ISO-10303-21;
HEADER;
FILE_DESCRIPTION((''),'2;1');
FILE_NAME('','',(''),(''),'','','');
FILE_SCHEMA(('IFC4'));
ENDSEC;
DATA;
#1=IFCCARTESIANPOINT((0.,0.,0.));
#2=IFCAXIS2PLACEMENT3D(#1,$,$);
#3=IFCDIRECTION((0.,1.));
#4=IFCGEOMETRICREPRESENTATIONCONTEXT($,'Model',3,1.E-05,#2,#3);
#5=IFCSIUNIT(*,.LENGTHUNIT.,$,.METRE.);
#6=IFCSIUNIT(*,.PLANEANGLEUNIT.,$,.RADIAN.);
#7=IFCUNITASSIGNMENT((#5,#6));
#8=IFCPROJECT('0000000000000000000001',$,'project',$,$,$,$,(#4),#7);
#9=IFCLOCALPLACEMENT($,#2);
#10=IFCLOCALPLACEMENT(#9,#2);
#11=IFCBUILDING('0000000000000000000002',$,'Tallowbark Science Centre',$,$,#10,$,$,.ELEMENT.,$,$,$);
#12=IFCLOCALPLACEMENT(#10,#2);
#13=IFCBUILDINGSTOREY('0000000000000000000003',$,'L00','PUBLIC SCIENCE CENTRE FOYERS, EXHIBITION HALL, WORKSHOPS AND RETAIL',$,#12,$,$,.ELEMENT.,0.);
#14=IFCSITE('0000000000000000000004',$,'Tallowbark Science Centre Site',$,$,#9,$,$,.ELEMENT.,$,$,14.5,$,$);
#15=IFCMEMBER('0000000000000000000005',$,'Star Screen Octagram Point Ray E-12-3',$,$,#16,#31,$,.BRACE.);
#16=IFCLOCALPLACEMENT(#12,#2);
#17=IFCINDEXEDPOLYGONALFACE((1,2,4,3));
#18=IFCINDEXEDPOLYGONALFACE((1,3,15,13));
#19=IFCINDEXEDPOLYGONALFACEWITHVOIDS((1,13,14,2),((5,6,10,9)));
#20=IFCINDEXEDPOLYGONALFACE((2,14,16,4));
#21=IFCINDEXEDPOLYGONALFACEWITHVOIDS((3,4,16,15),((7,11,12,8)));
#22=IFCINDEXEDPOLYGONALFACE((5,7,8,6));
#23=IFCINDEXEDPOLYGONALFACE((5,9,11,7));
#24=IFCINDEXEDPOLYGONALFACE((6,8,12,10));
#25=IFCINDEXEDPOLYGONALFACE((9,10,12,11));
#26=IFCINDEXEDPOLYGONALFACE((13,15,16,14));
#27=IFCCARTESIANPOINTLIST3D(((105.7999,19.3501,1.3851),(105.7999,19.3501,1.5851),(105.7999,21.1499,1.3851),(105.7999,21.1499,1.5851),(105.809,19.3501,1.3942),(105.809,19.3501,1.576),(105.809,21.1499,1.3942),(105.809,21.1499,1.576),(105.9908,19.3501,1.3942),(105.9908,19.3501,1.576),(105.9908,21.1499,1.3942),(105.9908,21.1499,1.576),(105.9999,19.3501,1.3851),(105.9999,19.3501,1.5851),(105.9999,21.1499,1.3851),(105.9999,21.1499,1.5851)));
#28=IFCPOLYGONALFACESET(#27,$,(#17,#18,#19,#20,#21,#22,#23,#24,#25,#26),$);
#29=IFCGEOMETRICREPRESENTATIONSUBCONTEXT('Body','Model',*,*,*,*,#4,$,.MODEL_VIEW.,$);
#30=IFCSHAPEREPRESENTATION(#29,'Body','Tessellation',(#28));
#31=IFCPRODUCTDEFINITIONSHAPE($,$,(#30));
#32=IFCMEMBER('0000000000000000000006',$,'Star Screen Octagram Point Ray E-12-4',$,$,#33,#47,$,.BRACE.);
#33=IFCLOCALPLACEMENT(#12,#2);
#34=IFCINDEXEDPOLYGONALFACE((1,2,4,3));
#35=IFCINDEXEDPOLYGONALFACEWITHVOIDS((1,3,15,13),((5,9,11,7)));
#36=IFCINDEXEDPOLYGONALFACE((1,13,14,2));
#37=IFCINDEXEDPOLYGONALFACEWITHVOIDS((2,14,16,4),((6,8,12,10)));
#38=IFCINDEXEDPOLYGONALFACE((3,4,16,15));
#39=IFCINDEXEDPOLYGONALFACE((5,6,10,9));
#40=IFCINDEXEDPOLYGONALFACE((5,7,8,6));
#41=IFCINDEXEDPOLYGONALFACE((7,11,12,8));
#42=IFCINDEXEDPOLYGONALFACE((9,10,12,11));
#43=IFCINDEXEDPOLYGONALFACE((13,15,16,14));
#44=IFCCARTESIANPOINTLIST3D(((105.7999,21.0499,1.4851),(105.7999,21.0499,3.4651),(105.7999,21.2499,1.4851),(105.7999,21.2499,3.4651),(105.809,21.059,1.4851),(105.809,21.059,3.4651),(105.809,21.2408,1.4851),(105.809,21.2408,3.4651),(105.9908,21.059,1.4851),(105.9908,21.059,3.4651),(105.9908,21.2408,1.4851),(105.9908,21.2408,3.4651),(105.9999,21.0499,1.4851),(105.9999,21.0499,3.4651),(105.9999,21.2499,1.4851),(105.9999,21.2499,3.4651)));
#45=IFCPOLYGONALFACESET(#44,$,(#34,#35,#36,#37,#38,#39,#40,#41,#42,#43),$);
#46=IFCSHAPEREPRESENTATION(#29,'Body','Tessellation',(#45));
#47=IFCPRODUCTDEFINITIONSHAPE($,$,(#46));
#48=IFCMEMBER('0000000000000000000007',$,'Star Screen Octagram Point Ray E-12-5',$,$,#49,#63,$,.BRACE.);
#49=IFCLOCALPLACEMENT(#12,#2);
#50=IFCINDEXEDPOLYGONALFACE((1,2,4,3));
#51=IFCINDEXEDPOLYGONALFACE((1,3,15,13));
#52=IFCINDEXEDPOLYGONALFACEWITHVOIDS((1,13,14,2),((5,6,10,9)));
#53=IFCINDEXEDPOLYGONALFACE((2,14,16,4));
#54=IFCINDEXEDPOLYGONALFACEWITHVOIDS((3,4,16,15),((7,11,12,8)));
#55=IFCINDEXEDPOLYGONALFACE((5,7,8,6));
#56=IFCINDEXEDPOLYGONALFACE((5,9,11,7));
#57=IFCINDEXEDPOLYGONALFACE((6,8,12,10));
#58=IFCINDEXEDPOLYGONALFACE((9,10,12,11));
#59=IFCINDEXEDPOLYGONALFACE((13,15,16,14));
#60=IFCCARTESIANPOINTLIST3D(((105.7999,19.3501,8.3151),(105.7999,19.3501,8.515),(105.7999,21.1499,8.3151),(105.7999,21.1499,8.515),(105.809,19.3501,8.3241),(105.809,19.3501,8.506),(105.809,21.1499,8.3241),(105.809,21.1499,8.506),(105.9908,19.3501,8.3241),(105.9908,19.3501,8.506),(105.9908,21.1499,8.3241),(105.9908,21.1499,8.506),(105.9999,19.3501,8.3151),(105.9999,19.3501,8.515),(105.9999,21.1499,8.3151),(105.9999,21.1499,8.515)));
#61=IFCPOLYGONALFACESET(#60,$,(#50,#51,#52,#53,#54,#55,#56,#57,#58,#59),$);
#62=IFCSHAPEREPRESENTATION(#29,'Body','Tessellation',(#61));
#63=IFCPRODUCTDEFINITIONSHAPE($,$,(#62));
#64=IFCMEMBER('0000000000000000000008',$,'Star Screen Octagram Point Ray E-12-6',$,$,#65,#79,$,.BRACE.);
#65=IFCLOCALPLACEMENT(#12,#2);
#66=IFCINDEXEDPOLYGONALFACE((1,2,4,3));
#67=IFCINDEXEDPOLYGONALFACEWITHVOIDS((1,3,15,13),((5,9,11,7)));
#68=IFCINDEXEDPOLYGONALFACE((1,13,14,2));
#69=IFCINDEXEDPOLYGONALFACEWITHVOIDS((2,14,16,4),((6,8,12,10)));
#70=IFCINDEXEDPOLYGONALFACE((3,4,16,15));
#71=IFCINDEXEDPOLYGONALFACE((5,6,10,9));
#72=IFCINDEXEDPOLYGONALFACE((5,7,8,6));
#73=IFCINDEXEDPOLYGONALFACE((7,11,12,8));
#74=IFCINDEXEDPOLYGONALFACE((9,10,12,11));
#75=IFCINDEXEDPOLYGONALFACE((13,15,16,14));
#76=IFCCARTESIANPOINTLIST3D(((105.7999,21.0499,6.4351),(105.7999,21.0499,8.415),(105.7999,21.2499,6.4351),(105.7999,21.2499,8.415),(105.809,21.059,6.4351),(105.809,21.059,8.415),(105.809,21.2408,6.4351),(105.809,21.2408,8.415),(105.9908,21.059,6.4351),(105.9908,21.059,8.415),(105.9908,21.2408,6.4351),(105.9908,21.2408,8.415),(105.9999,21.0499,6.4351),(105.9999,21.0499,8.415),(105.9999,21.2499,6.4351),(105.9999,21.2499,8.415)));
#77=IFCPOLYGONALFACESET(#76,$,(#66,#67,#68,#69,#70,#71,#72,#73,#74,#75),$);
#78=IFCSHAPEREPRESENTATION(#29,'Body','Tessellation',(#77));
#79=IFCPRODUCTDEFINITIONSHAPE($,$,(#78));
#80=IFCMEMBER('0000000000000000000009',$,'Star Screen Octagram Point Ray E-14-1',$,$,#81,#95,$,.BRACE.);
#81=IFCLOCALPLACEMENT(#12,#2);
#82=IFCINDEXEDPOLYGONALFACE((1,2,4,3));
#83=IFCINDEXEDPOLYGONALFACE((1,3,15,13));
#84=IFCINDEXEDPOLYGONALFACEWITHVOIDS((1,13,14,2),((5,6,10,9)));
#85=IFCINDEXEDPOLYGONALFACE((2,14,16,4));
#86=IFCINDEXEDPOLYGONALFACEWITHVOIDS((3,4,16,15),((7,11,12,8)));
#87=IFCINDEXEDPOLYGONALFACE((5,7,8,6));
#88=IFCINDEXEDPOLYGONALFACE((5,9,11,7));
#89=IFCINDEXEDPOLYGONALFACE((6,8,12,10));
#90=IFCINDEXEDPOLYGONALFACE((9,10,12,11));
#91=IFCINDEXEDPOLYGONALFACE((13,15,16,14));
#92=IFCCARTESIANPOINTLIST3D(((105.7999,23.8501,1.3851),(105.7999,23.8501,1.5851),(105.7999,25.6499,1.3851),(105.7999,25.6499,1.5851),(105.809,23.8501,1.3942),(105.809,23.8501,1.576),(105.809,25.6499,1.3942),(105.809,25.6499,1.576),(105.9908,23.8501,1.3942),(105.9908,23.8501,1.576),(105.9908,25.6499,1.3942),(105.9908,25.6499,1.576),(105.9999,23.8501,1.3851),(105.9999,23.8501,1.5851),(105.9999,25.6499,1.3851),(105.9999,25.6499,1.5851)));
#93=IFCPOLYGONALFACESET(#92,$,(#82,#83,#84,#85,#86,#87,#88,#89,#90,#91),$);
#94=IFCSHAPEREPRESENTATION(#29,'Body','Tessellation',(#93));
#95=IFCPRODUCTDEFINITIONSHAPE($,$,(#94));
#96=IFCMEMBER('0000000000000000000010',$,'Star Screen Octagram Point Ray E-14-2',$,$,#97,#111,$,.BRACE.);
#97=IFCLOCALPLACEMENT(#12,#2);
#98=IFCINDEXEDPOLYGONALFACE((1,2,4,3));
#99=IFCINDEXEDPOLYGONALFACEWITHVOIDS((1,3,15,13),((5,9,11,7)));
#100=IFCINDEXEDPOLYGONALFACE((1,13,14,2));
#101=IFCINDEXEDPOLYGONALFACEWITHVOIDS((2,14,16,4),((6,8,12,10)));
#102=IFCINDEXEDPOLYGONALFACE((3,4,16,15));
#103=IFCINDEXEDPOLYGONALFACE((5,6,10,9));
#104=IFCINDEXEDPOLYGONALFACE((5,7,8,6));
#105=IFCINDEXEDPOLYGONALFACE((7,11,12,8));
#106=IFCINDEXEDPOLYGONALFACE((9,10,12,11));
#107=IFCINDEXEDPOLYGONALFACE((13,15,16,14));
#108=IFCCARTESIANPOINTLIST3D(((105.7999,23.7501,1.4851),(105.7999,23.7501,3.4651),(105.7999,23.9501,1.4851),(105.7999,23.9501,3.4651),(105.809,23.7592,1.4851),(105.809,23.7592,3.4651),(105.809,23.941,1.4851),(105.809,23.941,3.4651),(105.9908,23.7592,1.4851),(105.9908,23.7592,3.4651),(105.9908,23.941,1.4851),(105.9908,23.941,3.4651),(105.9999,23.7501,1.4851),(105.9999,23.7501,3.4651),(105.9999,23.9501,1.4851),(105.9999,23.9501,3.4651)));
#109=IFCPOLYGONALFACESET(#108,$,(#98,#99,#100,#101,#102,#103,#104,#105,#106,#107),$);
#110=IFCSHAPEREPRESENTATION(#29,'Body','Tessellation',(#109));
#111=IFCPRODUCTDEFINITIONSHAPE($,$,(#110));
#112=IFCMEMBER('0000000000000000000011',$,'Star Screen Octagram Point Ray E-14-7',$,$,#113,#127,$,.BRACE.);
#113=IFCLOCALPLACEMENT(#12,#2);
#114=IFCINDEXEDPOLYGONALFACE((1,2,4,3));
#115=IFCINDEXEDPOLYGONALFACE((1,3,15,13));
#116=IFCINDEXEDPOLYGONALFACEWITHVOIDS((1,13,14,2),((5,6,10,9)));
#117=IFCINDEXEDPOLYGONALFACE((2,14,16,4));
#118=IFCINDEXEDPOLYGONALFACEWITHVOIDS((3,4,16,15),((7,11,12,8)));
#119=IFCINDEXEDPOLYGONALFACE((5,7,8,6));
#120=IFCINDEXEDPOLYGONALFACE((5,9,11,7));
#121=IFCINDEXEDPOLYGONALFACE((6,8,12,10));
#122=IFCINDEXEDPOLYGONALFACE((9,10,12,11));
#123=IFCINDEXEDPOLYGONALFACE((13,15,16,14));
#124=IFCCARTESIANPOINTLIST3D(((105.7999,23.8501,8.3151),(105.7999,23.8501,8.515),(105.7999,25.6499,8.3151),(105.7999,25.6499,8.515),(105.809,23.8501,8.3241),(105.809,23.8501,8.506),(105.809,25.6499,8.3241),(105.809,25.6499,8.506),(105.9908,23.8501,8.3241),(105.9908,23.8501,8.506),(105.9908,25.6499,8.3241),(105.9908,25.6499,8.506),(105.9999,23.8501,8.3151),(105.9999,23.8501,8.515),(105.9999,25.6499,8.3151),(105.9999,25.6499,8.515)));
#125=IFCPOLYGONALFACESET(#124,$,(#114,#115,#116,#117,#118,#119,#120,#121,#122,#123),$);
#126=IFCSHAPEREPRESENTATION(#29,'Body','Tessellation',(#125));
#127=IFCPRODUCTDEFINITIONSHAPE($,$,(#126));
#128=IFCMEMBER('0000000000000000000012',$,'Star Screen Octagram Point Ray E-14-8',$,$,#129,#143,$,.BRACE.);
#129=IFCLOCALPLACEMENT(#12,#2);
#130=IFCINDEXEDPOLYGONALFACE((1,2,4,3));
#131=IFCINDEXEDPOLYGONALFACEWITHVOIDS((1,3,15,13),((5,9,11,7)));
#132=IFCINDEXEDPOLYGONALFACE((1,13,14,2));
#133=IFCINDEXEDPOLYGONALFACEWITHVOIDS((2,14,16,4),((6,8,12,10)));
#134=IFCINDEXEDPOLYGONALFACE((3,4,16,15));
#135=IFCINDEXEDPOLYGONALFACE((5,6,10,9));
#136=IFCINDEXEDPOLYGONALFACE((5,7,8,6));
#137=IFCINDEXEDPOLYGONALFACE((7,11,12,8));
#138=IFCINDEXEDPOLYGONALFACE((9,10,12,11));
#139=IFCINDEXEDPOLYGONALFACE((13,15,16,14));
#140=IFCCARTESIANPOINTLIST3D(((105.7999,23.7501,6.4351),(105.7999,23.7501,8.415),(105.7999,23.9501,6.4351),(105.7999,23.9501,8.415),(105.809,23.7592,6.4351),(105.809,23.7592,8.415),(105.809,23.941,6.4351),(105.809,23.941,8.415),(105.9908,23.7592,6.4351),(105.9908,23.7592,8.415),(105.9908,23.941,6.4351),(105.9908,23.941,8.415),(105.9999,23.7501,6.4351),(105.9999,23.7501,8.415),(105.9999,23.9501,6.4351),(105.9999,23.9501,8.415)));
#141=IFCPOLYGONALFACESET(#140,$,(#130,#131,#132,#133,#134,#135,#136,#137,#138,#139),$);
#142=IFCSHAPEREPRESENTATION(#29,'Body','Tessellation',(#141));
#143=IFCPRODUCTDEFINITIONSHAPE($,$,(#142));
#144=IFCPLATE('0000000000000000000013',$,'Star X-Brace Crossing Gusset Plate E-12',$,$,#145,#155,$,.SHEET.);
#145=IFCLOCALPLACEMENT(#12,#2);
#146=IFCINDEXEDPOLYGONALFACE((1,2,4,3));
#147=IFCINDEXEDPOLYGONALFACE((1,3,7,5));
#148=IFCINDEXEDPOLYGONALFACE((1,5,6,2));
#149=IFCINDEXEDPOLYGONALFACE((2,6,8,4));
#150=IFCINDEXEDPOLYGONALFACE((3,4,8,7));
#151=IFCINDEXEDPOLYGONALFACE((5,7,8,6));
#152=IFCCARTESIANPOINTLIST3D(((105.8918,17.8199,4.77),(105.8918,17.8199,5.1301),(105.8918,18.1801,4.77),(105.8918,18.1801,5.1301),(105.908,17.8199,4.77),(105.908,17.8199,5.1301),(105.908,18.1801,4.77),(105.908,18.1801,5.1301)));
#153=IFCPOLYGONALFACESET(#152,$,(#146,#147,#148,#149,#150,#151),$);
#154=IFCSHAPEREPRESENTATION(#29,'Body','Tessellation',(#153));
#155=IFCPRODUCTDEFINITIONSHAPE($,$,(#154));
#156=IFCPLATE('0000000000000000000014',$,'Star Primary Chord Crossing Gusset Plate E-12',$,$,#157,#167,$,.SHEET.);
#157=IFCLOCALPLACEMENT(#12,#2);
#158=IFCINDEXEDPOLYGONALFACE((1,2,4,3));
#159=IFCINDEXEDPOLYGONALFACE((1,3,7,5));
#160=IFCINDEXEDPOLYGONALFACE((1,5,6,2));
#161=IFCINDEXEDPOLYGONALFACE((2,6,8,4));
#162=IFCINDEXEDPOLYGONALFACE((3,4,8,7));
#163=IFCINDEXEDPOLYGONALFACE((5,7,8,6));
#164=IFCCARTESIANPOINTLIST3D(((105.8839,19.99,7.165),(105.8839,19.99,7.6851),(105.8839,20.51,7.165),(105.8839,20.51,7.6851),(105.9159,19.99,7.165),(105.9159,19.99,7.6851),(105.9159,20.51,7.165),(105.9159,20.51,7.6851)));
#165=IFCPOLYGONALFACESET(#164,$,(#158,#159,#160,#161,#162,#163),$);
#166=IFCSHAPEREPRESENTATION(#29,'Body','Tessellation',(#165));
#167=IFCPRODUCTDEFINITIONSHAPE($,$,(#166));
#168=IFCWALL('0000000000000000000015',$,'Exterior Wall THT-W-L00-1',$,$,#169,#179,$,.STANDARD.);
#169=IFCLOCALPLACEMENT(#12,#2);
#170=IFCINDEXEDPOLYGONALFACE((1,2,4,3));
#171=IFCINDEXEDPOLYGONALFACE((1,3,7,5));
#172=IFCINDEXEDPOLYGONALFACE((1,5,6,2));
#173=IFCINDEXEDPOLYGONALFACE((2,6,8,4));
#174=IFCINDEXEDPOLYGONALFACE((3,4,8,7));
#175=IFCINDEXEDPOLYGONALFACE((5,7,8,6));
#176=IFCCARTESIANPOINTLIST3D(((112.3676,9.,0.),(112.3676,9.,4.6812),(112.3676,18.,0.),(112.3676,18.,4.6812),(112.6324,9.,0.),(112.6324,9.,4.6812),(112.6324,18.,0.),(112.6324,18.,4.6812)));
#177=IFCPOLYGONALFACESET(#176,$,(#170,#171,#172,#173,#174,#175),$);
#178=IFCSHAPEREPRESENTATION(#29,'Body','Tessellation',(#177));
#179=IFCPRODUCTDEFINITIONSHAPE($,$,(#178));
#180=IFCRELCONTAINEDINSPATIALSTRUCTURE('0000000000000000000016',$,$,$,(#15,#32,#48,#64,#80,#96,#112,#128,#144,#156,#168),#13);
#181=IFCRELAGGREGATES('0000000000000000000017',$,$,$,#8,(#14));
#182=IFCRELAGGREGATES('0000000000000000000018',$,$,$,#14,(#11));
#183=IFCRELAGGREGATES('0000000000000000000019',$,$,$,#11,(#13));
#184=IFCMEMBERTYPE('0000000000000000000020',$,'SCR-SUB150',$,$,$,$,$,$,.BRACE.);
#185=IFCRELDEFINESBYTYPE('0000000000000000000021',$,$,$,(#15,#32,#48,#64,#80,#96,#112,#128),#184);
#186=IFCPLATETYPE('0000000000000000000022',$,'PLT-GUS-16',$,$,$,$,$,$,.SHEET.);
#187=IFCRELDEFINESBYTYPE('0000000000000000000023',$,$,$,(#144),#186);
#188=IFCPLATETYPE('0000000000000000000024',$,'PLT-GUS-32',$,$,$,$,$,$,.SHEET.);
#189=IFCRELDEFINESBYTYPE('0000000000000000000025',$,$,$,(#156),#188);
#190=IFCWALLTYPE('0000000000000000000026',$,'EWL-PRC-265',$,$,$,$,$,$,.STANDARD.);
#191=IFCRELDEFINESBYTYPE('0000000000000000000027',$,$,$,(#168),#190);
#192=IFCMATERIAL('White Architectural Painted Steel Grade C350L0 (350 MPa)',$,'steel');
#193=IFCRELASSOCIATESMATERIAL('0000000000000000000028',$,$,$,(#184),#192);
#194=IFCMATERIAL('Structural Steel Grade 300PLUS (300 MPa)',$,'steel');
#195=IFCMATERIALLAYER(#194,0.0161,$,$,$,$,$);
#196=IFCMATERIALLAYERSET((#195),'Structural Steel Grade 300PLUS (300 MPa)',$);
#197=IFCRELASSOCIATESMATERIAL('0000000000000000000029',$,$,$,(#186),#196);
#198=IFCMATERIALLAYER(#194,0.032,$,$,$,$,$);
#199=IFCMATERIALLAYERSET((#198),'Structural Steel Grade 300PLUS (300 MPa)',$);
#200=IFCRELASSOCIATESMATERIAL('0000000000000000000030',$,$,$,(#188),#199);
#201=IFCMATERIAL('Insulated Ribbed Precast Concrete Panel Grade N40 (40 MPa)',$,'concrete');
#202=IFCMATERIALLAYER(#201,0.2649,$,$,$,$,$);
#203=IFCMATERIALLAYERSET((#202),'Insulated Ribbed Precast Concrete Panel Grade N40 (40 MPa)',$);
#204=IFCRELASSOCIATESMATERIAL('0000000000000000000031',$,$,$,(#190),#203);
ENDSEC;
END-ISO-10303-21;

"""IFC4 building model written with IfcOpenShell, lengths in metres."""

from ifc_helpers import new_model, si_unit, direction, frame, frame_2d, origin, origin_2d, place, context, subcontext, project, spatial, rectangle, hollow_rectangle, extrude, material, layer, layer_set, material_profile, profile_set, type_object, element, save


model = new_model("IFC4")

# Units and contexts
model_context = context("Model", 3, precision=1e-05, world=origin(), true_north=direction((0.0, 1.0)))
body_context = subcontext(model_context, "Body", "Model", "MODEL_VIEW")
ifc_project = project(units=[si_unit("LENGTHUNIT", "METRE"), si_unit("PLANEANGLEUNIT", "RADIAN")], contexts=[model_context])

# Site, building, storey
site_placement = place(None, origin())
site = spatial("IfcSite", under=ifc_project, at=site_placement, Name="Tallowbark Science Centre Site", CompositionType="ELEMENT", RefElevation=14.5)
building_placement = place(site_placement, origin())
building = spatial("IfcBuilding", under=site, at=building_placement, Name="Tallowbark Science Centre", CompositionType="ELEMENT")
storey_placement = place(building_placement, origin())
storey = spatial("IfcBuildingStorey", under=building, at=storey_placement, Name="L00", Description="PUBLIC SCIENCE CENTRE FOYERS, EXHIBITION HALL, WORKSHOPS AND RETAIL", CompositionType="ELEMENT", Elevation=0.0)

# Shared definitions
ifc_material_1 = material(Name="White Architectural Painted Steel Grade C350L0 (350 MPa)", Category="steel")
ifc_material_2 = material(Name="Structural Steel Grade 300PLUS (300 MPa)", Category="steel")

# Members
ifc_material_profile_1 = material_profile(ifc_material_1, hollow_rectangle(XDim=0.2, YDim=0.2, WallThickness=0.009, at=origin_2d()), Name="200x200x9.0SHS")
ifc_profile_set_1 = profile_set([ifc_material_profile_1], Name="White Architectural Painted Steel Grade C350L0 (350 MPa)")
member_type_1 = type_object("IfcMemberType", Name="SCR-SUB150", PredefinedType="BRACE", material=ifc_profile_set_1)
member_1_placement = place(storey_placement, frame((105.8999, 21.1499, 1.4851), z_axis=(0.0, -1.0, 0.0), x_axis=(1.0, 0.0, 0.0)))
element("IfcMember", 1, at=member_1_placement, inside=storey, type_object=member_type_1, Name="Star Screen Octagram Point Ray E-12-3", PredefinedType="BRACE", context=body_context, shape_type="SweptSolid", body=[
    extrude(hollow_rectangle(XDim=0.2, YDim=0.2, WallThickness=0.009, at=origin_2d()), origin(), (0.0, 0.0, 1.0), 1.7998),
])
member_2_placement = place(storey_placement, frame((105.8999, 21.1499, 1.4851), z_axis=(0.0, 0.0, 1.0), x_axis=(1.0, 0.0, 0.0)))
element("IfcMember", 2, at=member_2_placement, inside=storey, type_object=member_type_1, Name="Star Screen Octagram Point Ray E-12-4", PredefinedType="BRACE", context=body_context, shape_type="SweptSolid", body=[
    extrude(hollow_rectangle(XDim=0.2, YDim=0.2, WallThickness=0.009, at=origin_2d()), origin(), (0.0, 0.0, 1.0), 1.98),
])
member_3_placement = place(storey_placement, frame((105.8999, 21.1499, 8.415), z_axis=(0.0, -1.0, 0.0), x_axis=(1.0, 0.0, 0.0)))
element("IfcMember", 3, at=member_3_placement, inside=storey, type_object=member_type_1, Name="Star Screen Octagram Point Ray E-12-5", PredefinedType="BRACE", context=body_context, shape_type="SweptSolid", body=[
    extrude(hollow_rectangle(XDim=0.2, YDim=0.2, WallThickness=0.009, at=origin_2d()), origin(), (0.0, 0.0, 1.0), 1.7998),
])
member_4_placement = place(storey_placement, frame((105.8999, 21.1499, 8.415), z_axis=(0.0, 0.0, -1.0), x_axis=(1.0, 0.0, 0.0)))
element("IfcMember", 4, at=member_4_placement, inside=storey, type_object=member_type_1, Name="Star Screen Octagram Point Ray E-12-6", PredefinedType="BRACE", context=body_context, shape_type="SweptSolid", body=[
    extrude(hollow_rectangle(XDim=0.2, YDim=0.2, WallThickness=0.009, at=origin_2d()), origin(), (0.0, 0.0, 1.0), 1.98),
])
member_5_placement = place(storey_placement, frame((105.8999, 23.8501, 1.4851), z_axis=(0.0, 1.0, 0.0), x_axis=(-1.0, 0.0, 0.0)))
element("IfcMember", 5, at=member_5_placement, inside=storey, type_object=member_type_1, Name="Star Screen Octagram Point Ray E-14-1", PredefinedType="BRACE", context=body_context, shape_type="SweptSolid", body=[
    extrude(hollow_rectangle(XDim=0.2, YDim=0.2, WallThickness=0.009, at=origin_2d()), origin(), (0.0, 0.0, 1.0), 1.7998),
])
member_6_placement = place(storey_placement, frame((105.8999, 23.8501, 1.4851), z_axis=(0.0, 0.0, 1.0), x_axis=(1.0, 0.0, 0.0)))
element("IfcMember", 6, at=member_6_placement, inside=storey, type_object=member_type_1, Name="Star Screen Octagram Point Ray E-14-2", PredefinedType="BRACE", context=body_context, shape_type="SweptSolid", body=[
    extrude(hollow_rectangle(XDim=0.2, YDim=0.2, WallThickness=0.009, at=origin_2d()), origin(), (0.0, 0.0, 1.0), 1.98),
])
member_7_placement = place(storey_placement, frame((105.8999, 23.8501, 8.415), z_axis=(0.0, 1.0, 0.0), x_axis=(-1.0, 0.0, 0.0)))
element("IfcMember", 7, at=member_7_placement, inside=storey, type_object=member_type_1, Name="Star Screen Octagram Point Ray E-14-7", PredefinedType="BRACE", context=body_context, shape_type="SweptSolid", body=[
    extrude(hollow_rectangle(XDim=0.2, YDim=0.2, WallThickness=0.009, at=origin_2d()), origin(), (0.0, 0.0, 1.0), 1.7998),
])
member_8_placement = place(storey_placement, frame((105.8999, 23.8501, 8.415), z_axis=(0.0, 0.0, -1.0), x_axis=(1.0, 0.0, 0.0)))
element("IfcMember", 8, at=member_8_placement, inside=storey, type_object=member_type_1, Name="Star Screen Octagram Point Ray E-14-8", PredefinedType="BRACE", context=body_context, shape_type="SweptSolid", body=[
    extrude(hollow_rectangle(XDim=0.2, YDim=0.2, WallThickness=0.009, at=origin_2d()), origin(), (0.0, 0.0, 1.0), 1.98),
])

# Plates
ifc_layer_1 = layer(ifc_material_2, 0.0161)
ifc_layer_set_1 = layer_set([ifc_layer_1], Name="Structural Steel Grade 300PLUS (300 MPa)")
plate_type_1 = type_object("IfcPlateType", Name="PLT-GUS-16", PredefinedType="SHEET", material=ifc_layer_set_1)
plate_1_placement = place(storey_placement, frame((105.8999, 18.0, 4.77), z_axis=(0.0, 0.0, 1.0), x_axis=(0.0, 1.0, 0.0)))
element("IfcPlate", 9, at=plate_1_placement, inside=storey, type_object=plate_type_1, Name="Star X-Brace Crossing Gusset Plate E-12", PredefinedType="SHEET", context=body_context, shape_type="SweptSolid", body=[
    extrude(rectangle(XDim=0.3601, YDim=0.0161, at=origin_2d()), origin(), (0.0, 0.0, 1.0), 0.3601),
])
ifc_layer_2 = layer(ifc_material_2, 0.032)
ifc_layer_set_2 = layer_set([ifc_layer_2], Name="Structural Steel Grade 300PLUS (300 MPa)")
plate_type_2 = type_object("IfcPlateType", Name="PLT-GUS-32", PredefinedType="SHEET", material=ifc_layer_set_2)
plate_2_placement = place(storey_placement, frame((105.8999, 20.25, 7.165), z_axis=(0.0, 0.0, 1.0), x_axis=(0.0, 1.0, 0.0)))
element("IfcPlate", 10, at=plate_2_placement, inside=storey, type_object=plate_type_2, Name="Star Primary Chord Crossing Gusset Plate E-12", PredefinedType="SHEET", context=body_context, shape_type="SweptSolid", body=[
    extrude(rectangle(XDim=0.52, YDim=0.032, at=origin_2d()), origin(), (0.0, 0.0, 1.0), 0.52),
])

# Wall
ifc_material_3 = material(Name="Insulated Ribbed Precast Concrete Panel Grade N40 (40 MPa)", Category="concrete")
ifc_layer_3 = layer(ifc_material_3, 0.2649)
ifc_layer_set_3 = layer_set([ifc_layer_3], Name="Insulated Ribbed Precast Concrete Panel Grade N40 (40 MPa)")
wall_type = type_object("IfcWallType", Name="EWL-PRC-265", PredefinedType="STANDARD", material=ifc_layer_set_3)
wall_placement = place(storey_placement, frame((112.5, 18.0, 0.0), z_axis=(0.0, 0.0, 1.0), x_axis=(0.0, -1.0, 0.0)))
element("IfcWall", 11, at=wall_placement, inside=storey, type_object=wall_type, Name="Exterior Wall THT-W-L00-1", PredefinedType="STANDARD", context=body_context, shape_type="SweptSolid", body=[
    extrude(rectangle(XDim=9.0, YDim=0.2649, at=frame_2d((4.5, 0.0))), origin(), (0.0, 0.0, 1.0), 4.6812),
])

save(model, "model.ifc")
